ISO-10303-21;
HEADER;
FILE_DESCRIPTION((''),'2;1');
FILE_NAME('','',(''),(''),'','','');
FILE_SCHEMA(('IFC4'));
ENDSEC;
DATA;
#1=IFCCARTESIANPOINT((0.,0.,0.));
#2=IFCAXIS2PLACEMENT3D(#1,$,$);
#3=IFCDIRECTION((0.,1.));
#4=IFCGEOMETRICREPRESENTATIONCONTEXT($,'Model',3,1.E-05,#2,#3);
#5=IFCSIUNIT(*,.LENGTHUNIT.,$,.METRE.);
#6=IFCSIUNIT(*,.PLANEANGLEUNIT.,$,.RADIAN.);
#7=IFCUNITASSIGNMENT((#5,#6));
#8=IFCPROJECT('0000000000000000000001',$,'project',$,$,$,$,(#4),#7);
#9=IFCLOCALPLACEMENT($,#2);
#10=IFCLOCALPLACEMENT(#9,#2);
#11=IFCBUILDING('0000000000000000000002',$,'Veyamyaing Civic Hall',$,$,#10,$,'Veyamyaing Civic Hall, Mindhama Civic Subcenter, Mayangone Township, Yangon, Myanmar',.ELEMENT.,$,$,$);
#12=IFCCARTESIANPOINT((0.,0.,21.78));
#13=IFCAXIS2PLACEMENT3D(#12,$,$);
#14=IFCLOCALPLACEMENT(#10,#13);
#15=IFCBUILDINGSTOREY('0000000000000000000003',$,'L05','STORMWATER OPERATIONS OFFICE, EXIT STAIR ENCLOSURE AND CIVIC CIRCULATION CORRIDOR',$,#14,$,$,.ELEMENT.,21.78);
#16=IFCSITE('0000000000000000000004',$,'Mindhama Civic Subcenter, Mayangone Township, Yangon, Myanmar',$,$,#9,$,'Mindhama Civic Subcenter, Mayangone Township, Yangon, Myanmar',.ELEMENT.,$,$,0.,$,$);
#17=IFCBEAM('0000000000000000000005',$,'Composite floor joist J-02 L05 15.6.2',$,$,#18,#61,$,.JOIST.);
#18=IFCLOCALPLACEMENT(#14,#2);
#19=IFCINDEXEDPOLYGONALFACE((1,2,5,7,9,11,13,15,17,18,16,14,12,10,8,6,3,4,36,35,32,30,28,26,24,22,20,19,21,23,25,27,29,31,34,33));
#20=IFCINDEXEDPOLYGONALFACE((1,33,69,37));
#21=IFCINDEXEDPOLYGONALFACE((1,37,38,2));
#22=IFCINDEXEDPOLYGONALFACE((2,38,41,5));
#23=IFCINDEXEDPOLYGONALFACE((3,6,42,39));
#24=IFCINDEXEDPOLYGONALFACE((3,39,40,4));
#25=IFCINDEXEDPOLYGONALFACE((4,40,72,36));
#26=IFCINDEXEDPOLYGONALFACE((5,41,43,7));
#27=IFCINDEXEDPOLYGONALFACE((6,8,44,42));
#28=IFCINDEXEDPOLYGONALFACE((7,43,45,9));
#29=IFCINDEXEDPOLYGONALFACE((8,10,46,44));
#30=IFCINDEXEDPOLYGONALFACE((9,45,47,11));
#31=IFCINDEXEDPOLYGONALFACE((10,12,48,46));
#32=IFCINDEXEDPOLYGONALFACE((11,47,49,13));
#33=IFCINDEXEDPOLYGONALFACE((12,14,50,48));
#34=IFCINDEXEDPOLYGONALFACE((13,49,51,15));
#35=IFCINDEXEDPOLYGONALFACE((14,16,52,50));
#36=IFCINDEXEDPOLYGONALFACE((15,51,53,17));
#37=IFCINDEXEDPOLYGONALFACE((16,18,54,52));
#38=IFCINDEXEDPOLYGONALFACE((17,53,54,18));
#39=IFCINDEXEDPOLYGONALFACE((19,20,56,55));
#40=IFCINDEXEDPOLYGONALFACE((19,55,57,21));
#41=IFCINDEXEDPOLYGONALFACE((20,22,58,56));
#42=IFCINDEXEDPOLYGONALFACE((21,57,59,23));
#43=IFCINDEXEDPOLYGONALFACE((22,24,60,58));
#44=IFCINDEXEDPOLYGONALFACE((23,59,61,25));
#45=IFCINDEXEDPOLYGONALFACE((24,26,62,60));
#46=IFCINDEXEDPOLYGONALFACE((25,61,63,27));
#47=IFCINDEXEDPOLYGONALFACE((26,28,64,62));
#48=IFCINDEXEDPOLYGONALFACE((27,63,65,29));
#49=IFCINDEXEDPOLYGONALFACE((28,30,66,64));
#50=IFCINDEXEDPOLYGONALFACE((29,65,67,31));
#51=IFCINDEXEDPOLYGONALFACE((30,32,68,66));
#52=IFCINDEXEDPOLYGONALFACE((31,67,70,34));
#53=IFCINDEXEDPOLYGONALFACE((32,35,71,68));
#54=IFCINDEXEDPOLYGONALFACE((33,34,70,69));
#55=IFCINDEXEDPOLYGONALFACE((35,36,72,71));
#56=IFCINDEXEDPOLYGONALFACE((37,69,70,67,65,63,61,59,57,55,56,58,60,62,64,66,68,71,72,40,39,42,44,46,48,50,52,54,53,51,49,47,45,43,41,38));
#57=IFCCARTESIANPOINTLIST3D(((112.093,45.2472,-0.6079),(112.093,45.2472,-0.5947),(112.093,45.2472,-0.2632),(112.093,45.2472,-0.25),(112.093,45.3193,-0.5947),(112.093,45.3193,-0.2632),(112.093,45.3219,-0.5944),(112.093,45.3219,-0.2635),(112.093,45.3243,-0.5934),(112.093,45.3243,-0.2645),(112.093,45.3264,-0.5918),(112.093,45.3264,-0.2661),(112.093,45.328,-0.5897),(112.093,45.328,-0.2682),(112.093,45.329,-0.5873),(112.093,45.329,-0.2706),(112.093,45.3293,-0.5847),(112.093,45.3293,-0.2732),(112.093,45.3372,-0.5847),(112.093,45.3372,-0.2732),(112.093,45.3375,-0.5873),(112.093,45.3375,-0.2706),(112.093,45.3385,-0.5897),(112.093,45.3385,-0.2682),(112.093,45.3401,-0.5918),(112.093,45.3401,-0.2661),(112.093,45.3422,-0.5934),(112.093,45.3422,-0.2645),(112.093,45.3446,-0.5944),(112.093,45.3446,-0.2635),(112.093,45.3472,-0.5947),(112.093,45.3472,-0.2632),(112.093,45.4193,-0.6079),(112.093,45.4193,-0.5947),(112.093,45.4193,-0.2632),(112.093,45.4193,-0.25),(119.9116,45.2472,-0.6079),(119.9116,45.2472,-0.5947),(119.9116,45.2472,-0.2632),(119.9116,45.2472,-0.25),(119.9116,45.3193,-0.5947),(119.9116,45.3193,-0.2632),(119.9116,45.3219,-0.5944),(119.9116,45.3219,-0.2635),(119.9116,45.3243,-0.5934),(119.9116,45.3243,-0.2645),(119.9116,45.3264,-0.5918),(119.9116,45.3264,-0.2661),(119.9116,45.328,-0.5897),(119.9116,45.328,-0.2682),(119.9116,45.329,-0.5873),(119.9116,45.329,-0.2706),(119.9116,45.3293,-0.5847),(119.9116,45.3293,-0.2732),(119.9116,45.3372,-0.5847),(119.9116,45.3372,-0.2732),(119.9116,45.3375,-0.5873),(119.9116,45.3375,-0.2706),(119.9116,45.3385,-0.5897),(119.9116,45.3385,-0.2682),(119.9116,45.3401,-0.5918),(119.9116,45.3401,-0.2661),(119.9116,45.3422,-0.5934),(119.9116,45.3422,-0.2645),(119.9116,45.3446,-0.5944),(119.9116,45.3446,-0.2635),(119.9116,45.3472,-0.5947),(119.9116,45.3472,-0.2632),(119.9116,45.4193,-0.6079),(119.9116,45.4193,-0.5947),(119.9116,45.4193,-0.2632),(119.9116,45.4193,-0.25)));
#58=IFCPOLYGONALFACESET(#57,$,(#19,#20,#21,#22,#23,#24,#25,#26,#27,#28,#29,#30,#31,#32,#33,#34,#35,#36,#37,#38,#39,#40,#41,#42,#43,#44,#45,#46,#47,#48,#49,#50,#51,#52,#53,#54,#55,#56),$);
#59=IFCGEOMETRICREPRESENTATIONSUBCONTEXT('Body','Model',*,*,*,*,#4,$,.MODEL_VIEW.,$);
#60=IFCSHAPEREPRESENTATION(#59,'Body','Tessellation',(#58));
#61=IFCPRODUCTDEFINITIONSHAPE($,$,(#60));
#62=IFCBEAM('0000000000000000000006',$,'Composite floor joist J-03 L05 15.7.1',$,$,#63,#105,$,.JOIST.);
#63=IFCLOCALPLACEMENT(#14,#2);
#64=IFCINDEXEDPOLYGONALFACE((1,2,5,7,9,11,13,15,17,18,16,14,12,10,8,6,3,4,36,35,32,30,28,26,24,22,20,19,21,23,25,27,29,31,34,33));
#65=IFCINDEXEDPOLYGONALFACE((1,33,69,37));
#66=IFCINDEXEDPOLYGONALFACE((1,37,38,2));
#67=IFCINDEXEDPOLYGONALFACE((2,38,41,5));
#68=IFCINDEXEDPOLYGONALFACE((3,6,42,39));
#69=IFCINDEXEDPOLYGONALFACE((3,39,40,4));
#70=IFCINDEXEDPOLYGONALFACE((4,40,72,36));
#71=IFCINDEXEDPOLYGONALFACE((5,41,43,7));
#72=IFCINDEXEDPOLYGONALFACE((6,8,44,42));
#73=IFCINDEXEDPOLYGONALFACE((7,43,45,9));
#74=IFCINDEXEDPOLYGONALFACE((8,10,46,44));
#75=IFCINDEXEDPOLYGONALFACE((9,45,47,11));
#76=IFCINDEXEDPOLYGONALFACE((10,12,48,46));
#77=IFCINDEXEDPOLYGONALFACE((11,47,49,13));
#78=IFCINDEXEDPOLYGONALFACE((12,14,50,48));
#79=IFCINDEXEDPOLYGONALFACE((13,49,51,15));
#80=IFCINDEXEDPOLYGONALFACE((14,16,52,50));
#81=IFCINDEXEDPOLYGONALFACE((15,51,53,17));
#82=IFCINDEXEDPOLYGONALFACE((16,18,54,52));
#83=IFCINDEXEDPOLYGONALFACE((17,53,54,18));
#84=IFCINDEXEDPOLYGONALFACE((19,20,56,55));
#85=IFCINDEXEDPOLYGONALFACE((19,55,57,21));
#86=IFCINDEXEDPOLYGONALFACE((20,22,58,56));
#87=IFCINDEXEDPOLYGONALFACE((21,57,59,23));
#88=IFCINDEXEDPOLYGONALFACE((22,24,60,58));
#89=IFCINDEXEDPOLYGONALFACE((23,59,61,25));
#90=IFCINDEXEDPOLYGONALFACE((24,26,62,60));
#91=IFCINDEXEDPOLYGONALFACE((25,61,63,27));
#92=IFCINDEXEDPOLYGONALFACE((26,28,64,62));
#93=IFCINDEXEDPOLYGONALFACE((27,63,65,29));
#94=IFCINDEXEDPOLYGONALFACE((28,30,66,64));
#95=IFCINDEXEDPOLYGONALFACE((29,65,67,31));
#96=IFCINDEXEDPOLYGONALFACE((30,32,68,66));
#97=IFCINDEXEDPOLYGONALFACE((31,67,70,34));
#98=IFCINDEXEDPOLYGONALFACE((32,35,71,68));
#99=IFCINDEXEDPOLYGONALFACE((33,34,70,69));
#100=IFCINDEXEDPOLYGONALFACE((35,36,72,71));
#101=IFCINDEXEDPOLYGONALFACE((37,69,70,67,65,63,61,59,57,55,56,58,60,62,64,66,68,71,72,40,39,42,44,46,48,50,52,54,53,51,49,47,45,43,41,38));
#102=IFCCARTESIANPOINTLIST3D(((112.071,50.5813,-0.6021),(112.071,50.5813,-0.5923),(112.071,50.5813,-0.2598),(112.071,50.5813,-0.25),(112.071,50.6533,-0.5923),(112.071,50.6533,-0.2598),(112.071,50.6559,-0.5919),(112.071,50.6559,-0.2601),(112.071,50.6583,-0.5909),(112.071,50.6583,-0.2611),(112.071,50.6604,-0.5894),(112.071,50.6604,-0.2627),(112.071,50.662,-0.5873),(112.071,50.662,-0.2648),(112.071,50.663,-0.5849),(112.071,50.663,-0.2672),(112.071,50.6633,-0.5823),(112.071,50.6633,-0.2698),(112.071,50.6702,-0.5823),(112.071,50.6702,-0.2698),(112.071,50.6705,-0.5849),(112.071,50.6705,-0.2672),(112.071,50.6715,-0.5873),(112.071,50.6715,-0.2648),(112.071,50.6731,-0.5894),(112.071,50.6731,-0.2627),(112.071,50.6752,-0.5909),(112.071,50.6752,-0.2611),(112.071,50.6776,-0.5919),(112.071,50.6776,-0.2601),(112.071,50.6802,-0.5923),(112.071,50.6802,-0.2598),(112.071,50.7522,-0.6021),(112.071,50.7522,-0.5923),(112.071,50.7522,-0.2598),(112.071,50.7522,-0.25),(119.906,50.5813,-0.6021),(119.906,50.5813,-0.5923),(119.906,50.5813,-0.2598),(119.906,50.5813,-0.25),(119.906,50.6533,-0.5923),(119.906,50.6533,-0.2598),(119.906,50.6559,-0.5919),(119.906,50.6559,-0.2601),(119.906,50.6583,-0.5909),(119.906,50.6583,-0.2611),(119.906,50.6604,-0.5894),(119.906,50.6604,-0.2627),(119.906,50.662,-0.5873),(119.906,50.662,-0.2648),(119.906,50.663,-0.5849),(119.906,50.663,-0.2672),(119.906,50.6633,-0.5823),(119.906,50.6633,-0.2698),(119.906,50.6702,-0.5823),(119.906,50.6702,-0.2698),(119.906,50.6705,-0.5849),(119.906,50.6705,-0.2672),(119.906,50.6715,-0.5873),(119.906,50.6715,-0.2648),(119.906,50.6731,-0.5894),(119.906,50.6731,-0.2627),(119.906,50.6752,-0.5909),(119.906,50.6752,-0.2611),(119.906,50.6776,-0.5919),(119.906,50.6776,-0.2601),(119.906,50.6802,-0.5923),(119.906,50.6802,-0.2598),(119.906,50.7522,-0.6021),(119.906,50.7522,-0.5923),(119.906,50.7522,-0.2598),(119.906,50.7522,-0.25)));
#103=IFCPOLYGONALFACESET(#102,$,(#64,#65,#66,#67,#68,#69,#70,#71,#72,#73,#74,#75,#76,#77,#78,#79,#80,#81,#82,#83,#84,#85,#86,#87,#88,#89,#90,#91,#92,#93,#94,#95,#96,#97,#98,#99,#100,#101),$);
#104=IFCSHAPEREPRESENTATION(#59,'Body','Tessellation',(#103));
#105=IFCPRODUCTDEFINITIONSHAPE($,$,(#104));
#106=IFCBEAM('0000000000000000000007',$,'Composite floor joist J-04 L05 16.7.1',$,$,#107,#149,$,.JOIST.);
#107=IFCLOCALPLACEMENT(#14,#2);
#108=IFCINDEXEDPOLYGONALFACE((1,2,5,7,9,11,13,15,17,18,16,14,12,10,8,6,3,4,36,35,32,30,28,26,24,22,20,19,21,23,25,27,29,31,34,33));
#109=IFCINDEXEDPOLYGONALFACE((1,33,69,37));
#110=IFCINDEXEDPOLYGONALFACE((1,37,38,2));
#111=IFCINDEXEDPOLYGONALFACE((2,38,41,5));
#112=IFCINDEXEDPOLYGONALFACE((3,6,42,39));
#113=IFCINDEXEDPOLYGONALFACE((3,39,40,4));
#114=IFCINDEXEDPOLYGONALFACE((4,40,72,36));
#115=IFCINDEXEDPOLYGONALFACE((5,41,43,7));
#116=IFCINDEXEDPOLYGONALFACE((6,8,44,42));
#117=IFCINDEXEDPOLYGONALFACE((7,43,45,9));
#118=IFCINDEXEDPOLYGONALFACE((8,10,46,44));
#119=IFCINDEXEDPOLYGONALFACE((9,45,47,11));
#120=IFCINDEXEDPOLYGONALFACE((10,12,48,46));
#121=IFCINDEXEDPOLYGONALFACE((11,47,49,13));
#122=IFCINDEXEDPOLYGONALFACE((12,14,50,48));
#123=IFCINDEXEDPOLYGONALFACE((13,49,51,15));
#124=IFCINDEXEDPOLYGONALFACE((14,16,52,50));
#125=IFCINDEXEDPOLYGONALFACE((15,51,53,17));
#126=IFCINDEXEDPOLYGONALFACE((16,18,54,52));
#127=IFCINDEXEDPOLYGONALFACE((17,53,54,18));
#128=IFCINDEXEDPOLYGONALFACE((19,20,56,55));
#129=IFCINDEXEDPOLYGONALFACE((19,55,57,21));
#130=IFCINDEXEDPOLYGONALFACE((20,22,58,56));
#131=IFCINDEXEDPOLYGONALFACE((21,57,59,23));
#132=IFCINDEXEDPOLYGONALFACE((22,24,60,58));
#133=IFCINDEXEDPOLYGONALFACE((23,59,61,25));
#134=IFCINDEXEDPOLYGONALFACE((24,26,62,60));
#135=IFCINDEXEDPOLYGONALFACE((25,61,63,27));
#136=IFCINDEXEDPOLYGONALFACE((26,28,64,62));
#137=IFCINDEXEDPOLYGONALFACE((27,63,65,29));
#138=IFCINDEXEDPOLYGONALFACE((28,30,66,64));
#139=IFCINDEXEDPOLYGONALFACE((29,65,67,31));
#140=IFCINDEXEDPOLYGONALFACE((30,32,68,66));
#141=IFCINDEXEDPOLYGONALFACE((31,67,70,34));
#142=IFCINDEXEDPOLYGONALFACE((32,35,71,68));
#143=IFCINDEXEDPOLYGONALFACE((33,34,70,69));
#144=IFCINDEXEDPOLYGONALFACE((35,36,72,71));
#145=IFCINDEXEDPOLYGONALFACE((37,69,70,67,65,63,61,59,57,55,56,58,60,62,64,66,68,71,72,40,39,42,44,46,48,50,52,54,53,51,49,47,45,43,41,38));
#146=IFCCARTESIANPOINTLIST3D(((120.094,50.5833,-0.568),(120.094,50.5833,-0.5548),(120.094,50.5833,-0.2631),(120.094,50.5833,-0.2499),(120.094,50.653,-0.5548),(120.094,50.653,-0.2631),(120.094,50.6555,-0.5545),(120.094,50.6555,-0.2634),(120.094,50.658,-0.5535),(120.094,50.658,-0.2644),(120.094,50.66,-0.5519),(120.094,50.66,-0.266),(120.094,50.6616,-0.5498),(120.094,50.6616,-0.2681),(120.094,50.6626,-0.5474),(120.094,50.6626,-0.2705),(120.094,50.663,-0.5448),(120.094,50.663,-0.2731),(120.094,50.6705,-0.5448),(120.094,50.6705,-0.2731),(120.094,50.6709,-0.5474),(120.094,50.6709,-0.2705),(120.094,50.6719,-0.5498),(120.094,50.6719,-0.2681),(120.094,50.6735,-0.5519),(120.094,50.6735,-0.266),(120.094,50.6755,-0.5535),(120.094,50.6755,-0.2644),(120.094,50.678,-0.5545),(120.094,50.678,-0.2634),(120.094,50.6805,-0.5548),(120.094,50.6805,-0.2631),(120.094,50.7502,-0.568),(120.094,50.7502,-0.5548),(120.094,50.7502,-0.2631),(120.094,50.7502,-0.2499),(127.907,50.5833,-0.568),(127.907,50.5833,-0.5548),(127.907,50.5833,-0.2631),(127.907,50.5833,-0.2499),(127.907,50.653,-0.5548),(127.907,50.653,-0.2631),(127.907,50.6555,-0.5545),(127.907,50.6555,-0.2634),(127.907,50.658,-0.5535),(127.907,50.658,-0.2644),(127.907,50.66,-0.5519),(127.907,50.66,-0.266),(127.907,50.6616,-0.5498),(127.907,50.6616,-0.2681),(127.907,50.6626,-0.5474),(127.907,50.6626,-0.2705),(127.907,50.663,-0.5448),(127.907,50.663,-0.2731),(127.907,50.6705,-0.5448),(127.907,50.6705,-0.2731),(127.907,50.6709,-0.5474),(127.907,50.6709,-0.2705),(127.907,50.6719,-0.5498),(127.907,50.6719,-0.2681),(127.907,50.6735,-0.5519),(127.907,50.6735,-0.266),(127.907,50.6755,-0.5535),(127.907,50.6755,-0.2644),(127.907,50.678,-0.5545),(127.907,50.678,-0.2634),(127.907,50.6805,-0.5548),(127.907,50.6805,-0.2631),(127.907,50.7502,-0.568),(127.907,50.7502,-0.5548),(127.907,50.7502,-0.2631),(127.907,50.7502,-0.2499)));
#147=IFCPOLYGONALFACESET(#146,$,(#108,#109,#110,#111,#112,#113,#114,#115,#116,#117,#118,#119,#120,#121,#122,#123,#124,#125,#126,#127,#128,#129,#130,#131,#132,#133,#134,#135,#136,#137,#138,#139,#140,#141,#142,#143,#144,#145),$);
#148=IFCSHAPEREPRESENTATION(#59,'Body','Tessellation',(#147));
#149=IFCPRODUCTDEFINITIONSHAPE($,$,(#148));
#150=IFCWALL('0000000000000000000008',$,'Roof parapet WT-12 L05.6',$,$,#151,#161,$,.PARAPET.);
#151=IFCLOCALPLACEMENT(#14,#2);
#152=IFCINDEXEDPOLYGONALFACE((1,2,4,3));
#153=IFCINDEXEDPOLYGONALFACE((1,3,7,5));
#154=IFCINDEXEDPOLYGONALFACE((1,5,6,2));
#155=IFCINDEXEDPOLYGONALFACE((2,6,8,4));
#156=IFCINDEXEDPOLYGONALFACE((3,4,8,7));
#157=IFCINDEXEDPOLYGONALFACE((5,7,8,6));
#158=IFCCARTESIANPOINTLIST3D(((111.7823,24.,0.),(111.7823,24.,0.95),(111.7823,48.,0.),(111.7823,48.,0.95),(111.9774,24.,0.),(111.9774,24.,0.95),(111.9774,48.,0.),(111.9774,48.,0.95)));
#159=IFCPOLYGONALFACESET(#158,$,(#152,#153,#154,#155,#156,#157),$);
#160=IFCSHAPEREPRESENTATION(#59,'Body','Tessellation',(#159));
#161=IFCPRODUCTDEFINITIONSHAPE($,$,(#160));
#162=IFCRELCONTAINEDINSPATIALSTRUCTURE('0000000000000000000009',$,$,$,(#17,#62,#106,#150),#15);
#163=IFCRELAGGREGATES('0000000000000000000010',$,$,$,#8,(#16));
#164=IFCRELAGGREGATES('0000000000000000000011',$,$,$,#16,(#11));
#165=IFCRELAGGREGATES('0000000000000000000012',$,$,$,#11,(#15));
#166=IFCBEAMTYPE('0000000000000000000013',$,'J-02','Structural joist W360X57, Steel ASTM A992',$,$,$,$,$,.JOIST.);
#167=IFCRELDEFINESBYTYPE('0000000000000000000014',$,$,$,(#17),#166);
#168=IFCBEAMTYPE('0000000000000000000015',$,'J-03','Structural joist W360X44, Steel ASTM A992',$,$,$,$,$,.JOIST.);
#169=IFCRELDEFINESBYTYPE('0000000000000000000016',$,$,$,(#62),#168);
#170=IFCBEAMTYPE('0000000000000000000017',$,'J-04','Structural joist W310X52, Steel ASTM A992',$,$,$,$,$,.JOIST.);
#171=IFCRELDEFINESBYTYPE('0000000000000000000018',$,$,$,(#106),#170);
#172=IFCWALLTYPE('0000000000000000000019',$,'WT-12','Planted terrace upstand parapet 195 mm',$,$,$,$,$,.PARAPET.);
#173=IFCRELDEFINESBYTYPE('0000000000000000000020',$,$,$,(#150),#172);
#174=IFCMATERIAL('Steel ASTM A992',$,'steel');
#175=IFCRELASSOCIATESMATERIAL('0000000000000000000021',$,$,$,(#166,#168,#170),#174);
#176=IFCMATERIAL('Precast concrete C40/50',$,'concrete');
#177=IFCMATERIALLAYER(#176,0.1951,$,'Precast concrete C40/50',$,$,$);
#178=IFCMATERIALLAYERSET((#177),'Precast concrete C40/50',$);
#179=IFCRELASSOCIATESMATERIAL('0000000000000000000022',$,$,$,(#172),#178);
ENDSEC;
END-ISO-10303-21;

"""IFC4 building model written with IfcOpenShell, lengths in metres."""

from ifc_helpers import new_model, si_unit, direction, frame, frame_2d, origin, origin_2d, place, context, subcontext, project, spatial, rectangle, i_section, extrude, material, layer, layer_set, material_profile, profile_set, type_object, element, save


model = new_model("IFC4")

# Units and contexts
model_context = context("Model", 3, precision=1e-05, world=origin(), true_north=direction((0.0, 1.0)))
body_context = subcontext(model_context, "Body", "Model", "MODEL_VIEW")
ifc_project = project(units=[si_unit("LENGTHUNIT", "METRE"), si_unit("PLANEANGLEUNIT", "RADIAN")], contexts=[model_context])

# Site, building, storey
site_placement = place(None, origin())
site = spatial("IfcSite", under=ifc_project, at=site_placement, Name="Mindhama Civic Subcenter, Mayangone Township, Yangon, Myanmar", LongName="Mindhama Civic Subcenter, Mayangone Township, Yangon, Myanmar", CompositionType="ELEMENT", RefElevation=0.0)
building_placement = place(site_placement, origin())
building = spatial("IfcBuilding", under=site, at=building_placement, Name="Veyamyaing Civic Hall", LongName="Veyamyaing Civic Hall, Mindhama Civic Subcenter, Mayangone Township, Yangon, Myanmar", CompositionType="ELEMENT")
storey_placement = place(building_placement, frame((0.0, 0.0, 21.78)))
storey = spatial("IfcBuildingStorey", under=building, at=storey_placement, Name="L05", Description="STORMWATER OPERATIONS OFFICE, EXIT STAIR ENCLOSURE AND CIVIC CIRCULATION CORRIDOR", CompositionType="ELEMENT", Elevation=21.78)

# Beams
ifc_material_1 = material(Name="Steel ASTM A992", Category="steel")
ifc_material_profile_1 = material_profile(ifc_material_1, i_section(OverallWidth=0.1721, OverallDepth=0.3579, WebThickness=0.0078, FlangeThickness=0.0132, FilletRadius=0.01, at=origin_2d()), Name="W360X57")
ifc_profile_set_1 = profile_set([ifc_material_profile_1], Name="Steel ASTM A992")
beam_type_1 = type_object("IfcBeamType", Name="J-02", Description="Structural joist W360X57, Steel ASTM A992", PredefinedType="JOIST", material=ifc_profile_set_1)
for number, where, z_axis, x_axis, name in (
    (1, (112.093, 45.3333, -0.429), (1.0, 0.0, 0.0), (0.0, 1.0, 0.0), "Composite floor joist J-02 L05 15.6.2"),
):
    element("IfcBeam", number, at=place(storey_placement, frame(where, z_axis=z_axis, x_axis=x_axis)), inside=storey, type_object=beam_type_1, Name=name, PredefinedType="JOIST", context=body_context, shape_type="SweptSolid", body=[
        extrude(i_section(OverallWidth=0.1721, OverallDepth=0.3579, WebThickness=0.0078, FlangeThickness=0.0132, FilletRadius=0.01, at=origin_2d()), origin(), (0.0, 0.0, 1.0), 7.8186),
    ])
ifc_material_profile_2 = material_profile(ifc_material_1, i_section(OverallWidth=0.1709, OverallDepth=0.3521, WebThickness=0.0068, FlangeThickness=0.0098, FilletRadius=0.01, at=origin_2d()), Name="W360X44")
ifc_profile_set_2 = profile_set([ifc_material_profile_2], Name="Steel ASTM A992")
beam_type_2 = type_object("IfcBeamType", Name="J-03", Description="Structural joist W360X44, Steel ASTM A992", PredefinedType="JOIST", material=ifc_profile_set_2)
beam_1_placement = place(storey_placement, frame((112.071, 50.6667, -0.426), z_axis=(1.0, 0.0, 0.0), x_axis=(0.0, 1.0, 0.0)))
element("IfcBeam", 2, at=beam_1_placement, inside=storey, type_object=beam_type_2, Name="Composite floor joist J-03 L05 15.7.1", PredefinedType="JOIST", context=body_context, shape_type="SweptSolid", body=[
    extrude(i_section(OverallWidth=0.1709, OverallDepth=0.3521, WebThickness=0.0068, FlangeThickness=0.0098, FilletRadius=0.01, at=origin_2d()), origin(), (0.0, 0.0, 1.0), 7.835),
])
ifc_material_profile_3 = material_profile(ifc_material_1, i_section(OverallWidth=0.167, OverallDepth=0.3181, WebThickness=0.0076, FlangeThickness=0.0132, FilletRadius=0.01, at=origin_2d()), Name="W310X52")
ifc_profile_set_3 = profile_set([ifc_material_profile_3], Name="Steel ASTM A992")
beam_type_3 = type_object("IfcBeamType", Name="J-04", Description="Structural joist W310X52, Steel ASTM A992", PredefinedType="JOIST", material=ifc_profile_set_3)
beam_2_placement = place(storey_placement, frame((120.094, 50.6667, -0.4089), z_axis=(1.0, 0.0, 0.0), x_axis=(0.0, 1.0, 0.0)))
element("IfcBeam", 3, at=beam_2_placement, inside=storey, type_object=beam_type_3, Name="Composite floor joist J-04 L05 16.7.1", PredefinedType="JOIST", context=body_context, shape_type="SweptSolid", body=[
    extrude(i_section(OverallWidth=0.167, OverallDepth=0.3181, WebThickness=0.0076, FlangeThickness=0.0132, FilletRadius=0.01, at=origin_2d()), origin(), (0.0, 0.0, 1.0), 7.813),
])

# Wall
ifc_material_2 = material(Name="Precast concrete C40/50", Category="concrete")
ifc_layer = layer(ifc_material_2, 0.1951, Name="Precast concrete C40/50")
ifc_layer_set = layer_set([ifc_layer], Name="Precast concrete C40/50")
wall_type = type_object("IfcWallType", Name="WT-12", Description="Planted terrace upstand parapet 195 mm", PredefinedType="PARAPET", material=ifc_layer_set)
wall_placement = place(storey_placement, frame((111.8799, 24.0, 0.0), z_axis=(0.0, 0.0, 1.0), x_axis=(0.0, 1.0, 0.0)))
element("IfcWall", 4, at=wall_placement, inside=storey, type_object=wall_type, Name="Roof parapet WT-12 L05.6", PredefinedType="PARAPET", context=body_context, shape_type="SweptSolid", body=[
    extrude(rectangle(XDim=24.0, YDim=0.1951, at=frame_2d((12.0, 0.0))), origin(), (0.0, 0.0, 1.0), 0.95),
])

save(model, "model.ifc")
